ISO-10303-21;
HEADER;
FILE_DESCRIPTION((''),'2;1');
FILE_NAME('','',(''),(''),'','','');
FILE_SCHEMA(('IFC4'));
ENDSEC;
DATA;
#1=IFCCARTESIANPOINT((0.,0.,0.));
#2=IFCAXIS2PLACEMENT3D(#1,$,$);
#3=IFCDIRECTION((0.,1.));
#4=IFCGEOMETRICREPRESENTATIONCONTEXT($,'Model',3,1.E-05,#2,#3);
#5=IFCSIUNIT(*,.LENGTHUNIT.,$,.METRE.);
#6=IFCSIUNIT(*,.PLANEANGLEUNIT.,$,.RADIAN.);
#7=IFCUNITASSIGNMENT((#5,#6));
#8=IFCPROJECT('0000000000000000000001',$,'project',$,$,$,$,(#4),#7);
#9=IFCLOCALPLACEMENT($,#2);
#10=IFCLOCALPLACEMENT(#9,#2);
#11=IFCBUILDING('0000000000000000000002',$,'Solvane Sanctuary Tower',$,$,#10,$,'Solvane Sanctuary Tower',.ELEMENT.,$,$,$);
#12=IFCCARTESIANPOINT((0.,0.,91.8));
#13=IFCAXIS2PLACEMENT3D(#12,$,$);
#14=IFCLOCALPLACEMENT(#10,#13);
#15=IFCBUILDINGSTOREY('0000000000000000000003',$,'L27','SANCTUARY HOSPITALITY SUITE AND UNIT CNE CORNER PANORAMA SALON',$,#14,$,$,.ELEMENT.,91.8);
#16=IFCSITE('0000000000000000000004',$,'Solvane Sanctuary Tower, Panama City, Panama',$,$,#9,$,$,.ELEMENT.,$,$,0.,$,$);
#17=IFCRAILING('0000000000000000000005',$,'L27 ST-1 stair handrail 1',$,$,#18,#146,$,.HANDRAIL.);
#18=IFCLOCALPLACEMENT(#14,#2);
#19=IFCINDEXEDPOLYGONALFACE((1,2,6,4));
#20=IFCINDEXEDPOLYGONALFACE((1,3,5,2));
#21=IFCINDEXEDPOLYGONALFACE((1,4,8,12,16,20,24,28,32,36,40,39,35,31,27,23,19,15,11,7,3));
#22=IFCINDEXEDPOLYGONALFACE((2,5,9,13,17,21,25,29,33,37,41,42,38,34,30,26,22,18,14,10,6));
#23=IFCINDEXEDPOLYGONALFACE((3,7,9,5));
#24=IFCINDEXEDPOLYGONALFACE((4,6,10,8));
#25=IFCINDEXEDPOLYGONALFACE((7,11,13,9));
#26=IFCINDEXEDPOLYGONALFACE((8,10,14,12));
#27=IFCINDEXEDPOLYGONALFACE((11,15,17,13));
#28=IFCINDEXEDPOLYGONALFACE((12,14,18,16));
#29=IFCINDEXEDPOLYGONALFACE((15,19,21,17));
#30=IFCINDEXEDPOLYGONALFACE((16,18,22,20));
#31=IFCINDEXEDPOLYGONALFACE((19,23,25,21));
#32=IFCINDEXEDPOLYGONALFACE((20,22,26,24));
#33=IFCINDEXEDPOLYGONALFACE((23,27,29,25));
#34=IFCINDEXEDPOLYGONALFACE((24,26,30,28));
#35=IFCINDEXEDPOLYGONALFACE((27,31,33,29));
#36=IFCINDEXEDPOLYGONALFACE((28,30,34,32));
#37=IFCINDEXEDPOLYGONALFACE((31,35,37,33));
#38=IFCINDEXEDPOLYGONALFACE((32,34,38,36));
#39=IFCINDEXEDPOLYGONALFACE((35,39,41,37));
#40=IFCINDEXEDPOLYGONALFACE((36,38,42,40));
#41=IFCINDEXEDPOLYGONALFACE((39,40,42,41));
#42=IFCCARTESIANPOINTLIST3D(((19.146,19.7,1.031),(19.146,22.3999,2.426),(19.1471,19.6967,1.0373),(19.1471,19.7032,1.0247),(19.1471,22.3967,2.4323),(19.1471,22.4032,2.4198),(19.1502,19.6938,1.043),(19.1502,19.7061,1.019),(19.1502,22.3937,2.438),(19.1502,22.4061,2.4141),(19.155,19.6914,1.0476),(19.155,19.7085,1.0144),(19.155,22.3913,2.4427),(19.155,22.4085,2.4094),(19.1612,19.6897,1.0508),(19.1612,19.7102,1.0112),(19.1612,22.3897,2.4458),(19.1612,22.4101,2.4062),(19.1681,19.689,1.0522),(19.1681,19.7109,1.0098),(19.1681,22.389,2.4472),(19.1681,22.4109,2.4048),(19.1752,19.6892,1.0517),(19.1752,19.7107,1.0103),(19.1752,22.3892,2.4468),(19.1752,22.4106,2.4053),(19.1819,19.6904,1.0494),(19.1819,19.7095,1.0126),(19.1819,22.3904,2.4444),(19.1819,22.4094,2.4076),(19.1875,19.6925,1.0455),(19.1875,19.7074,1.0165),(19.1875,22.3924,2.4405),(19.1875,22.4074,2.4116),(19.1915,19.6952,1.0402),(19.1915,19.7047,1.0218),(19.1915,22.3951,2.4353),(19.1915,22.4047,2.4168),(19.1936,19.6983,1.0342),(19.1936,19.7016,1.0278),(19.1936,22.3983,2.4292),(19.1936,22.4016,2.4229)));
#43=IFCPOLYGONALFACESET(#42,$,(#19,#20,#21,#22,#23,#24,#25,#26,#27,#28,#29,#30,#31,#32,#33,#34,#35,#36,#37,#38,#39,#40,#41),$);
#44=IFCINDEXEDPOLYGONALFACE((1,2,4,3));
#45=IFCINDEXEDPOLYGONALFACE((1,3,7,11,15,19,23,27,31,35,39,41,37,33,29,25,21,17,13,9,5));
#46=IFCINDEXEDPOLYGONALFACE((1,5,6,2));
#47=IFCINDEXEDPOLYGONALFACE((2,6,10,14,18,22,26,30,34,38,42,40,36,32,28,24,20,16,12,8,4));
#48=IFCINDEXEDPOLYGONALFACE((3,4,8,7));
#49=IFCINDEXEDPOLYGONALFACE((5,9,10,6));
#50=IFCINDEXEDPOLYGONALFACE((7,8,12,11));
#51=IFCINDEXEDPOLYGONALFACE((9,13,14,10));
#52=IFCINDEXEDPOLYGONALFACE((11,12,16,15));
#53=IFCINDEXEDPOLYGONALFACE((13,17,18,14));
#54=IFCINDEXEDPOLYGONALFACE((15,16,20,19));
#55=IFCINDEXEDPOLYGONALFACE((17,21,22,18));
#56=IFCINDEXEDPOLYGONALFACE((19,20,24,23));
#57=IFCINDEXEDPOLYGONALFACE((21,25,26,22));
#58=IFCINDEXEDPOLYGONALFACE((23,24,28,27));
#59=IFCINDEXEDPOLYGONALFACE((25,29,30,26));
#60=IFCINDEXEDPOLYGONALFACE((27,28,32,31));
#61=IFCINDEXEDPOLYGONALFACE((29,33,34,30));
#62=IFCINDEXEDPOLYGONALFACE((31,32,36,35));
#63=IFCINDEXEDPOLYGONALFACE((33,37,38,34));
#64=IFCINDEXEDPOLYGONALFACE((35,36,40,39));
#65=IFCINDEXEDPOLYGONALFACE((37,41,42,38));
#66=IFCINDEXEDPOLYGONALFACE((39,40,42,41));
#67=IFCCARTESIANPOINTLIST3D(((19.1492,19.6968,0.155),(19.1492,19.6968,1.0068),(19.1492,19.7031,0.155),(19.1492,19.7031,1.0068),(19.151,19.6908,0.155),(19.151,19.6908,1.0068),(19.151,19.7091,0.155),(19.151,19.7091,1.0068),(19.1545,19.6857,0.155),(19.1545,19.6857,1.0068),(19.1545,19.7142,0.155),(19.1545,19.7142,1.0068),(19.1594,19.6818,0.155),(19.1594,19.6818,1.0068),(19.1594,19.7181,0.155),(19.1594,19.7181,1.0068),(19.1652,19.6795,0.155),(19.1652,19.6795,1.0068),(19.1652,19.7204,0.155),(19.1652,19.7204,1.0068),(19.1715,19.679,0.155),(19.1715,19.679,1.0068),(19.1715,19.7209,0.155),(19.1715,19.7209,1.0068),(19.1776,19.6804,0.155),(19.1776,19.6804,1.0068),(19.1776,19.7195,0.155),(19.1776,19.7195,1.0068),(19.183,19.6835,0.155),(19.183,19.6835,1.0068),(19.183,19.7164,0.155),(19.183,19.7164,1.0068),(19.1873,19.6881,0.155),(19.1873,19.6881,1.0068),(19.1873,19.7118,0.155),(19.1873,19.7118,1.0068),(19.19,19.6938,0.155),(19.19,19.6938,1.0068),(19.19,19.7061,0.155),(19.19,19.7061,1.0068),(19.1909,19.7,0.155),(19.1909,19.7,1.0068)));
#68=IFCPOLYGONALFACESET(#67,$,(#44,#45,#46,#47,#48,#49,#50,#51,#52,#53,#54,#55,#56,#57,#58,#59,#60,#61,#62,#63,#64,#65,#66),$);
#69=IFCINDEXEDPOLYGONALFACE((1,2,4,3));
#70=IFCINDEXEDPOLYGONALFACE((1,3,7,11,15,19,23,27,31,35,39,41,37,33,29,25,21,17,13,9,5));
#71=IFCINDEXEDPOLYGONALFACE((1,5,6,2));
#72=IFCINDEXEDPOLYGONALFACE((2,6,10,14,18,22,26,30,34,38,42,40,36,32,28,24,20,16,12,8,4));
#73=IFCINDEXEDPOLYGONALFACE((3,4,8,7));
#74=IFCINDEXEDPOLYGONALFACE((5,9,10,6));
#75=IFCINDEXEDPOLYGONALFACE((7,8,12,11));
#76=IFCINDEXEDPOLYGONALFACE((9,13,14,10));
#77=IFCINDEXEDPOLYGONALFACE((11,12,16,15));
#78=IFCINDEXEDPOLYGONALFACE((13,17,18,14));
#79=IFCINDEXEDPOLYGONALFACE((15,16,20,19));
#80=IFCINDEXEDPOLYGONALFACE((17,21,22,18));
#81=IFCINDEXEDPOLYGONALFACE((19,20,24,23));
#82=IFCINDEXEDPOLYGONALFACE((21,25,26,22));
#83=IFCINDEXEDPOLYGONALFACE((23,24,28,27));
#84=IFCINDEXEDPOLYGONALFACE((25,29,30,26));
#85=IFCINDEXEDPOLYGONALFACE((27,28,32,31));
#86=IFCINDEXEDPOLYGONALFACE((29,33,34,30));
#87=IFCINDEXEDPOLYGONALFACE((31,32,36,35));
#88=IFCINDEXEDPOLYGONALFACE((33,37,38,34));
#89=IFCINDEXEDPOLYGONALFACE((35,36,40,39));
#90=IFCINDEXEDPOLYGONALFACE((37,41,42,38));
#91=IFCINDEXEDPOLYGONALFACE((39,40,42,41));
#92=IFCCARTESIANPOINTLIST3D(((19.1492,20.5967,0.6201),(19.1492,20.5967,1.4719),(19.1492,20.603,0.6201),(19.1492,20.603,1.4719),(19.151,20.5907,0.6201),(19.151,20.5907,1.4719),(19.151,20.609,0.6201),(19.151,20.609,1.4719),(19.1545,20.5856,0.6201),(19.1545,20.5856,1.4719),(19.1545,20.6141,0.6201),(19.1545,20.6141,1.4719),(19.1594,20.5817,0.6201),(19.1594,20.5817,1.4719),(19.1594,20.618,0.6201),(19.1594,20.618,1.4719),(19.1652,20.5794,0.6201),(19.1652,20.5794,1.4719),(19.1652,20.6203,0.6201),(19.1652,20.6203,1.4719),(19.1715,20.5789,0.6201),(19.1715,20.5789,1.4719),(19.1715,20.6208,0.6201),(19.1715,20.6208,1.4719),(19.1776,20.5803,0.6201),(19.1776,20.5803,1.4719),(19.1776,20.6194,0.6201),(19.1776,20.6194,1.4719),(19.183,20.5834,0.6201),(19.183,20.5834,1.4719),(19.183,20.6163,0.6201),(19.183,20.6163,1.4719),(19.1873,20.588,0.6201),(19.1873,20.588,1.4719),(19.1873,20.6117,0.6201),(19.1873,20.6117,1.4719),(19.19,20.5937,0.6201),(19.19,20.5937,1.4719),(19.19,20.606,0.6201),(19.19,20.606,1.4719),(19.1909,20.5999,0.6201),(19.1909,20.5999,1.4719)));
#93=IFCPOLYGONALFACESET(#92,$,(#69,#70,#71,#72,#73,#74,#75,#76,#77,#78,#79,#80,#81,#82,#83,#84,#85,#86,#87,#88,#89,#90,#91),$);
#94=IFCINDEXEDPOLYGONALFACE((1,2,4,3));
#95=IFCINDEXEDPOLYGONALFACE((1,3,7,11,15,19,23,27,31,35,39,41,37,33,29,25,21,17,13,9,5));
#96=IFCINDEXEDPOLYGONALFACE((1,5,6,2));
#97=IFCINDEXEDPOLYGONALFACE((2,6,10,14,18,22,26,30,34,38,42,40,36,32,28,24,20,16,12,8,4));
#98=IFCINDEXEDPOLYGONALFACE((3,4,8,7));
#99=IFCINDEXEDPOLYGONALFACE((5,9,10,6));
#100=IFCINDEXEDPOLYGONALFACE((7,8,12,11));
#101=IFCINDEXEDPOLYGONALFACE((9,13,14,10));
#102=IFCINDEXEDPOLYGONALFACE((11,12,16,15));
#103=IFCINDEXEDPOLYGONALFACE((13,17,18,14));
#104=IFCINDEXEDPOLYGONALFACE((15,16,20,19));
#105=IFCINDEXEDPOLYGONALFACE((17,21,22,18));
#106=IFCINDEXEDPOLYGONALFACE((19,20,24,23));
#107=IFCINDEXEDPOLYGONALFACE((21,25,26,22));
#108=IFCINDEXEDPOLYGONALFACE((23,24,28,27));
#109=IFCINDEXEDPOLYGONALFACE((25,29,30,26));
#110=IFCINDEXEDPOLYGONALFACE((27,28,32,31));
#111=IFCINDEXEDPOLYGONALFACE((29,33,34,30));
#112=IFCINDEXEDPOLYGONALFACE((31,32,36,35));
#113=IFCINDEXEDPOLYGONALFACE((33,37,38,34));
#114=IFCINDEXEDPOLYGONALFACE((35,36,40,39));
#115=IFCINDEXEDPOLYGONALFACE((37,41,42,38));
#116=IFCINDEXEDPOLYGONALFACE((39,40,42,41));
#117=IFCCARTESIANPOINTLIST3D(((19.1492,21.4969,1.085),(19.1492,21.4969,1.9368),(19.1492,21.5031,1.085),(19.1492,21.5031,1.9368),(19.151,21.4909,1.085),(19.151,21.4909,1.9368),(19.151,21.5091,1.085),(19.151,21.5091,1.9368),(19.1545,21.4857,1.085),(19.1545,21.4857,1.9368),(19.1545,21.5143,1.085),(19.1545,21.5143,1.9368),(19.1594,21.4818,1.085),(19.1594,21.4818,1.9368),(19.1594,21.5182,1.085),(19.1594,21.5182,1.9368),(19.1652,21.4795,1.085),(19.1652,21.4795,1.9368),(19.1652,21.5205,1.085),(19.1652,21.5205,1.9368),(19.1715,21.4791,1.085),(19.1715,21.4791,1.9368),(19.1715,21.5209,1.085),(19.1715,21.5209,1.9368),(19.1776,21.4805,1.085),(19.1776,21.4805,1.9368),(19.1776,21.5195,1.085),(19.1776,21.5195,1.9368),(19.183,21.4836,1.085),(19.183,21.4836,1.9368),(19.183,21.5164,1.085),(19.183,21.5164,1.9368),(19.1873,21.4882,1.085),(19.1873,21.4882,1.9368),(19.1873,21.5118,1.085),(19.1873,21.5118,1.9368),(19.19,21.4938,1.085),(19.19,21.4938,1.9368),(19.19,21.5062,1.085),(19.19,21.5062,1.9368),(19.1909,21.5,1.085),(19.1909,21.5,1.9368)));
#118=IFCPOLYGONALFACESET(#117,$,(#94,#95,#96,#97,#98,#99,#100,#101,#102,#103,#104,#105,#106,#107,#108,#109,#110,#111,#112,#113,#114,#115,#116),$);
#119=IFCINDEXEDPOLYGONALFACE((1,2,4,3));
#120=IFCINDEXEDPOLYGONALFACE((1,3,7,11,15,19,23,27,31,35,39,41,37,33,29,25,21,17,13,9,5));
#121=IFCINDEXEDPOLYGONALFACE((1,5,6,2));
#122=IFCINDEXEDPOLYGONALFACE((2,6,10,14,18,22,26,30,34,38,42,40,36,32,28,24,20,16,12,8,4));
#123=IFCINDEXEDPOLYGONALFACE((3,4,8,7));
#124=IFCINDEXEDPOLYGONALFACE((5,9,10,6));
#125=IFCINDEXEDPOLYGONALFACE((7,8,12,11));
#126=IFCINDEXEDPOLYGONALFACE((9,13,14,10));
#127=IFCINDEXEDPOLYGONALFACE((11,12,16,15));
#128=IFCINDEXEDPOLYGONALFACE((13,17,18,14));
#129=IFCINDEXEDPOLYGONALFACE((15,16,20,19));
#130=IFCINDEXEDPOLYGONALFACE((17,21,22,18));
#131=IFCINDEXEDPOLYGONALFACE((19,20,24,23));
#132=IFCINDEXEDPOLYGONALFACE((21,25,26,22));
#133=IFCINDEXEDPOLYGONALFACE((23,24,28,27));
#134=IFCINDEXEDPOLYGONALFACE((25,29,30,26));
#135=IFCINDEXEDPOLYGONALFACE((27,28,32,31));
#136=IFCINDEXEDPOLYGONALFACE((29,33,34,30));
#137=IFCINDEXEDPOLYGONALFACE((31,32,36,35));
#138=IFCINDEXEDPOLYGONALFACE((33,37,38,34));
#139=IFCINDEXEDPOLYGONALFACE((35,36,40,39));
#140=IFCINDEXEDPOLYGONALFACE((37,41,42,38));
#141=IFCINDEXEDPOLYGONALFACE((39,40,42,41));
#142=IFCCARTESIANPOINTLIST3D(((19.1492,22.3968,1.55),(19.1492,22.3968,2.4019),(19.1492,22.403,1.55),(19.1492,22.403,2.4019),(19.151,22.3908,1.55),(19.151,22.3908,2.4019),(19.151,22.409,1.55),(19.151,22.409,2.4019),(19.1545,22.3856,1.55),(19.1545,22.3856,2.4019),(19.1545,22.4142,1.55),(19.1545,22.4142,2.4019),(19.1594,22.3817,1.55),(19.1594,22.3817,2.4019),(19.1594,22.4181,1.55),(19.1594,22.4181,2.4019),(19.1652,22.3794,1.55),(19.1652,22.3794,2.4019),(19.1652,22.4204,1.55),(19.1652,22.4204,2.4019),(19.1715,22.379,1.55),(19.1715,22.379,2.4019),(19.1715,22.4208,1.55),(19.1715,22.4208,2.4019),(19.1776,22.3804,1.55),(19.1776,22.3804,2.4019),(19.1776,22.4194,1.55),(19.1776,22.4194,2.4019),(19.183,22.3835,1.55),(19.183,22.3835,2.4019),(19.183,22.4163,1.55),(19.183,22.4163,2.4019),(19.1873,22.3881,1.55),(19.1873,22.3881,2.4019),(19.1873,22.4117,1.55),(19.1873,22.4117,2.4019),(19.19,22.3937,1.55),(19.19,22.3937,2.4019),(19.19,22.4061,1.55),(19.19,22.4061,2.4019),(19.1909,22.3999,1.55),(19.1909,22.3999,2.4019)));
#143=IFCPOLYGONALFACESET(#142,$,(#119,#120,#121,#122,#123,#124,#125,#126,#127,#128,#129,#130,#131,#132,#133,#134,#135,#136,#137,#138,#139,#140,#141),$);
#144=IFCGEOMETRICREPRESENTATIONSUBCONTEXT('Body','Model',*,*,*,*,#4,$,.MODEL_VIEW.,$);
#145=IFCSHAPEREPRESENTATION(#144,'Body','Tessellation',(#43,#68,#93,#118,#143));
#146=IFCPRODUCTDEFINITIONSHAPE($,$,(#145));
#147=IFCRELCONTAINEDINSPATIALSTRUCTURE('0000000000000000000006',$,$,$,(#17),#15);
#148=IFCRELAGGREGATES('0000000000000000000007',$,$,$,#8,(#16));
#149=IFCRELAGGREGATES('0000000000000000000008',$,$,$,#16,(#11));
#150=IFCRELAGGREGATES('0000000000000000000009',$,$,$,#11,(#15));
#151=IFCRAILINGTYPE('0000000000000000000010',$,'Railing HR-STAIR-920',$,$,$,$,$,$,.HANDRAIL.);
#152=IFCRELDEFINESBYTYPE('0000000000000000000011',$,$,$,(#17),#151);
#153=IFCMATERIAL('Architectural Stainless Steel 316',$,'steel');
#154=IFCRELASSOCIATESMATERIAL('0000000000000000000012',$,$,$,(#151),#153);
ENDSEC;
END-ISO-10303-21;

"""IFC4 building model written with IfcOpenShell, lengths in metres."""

from ifc_helpers import new_model, si_unit, direction, frame, origin, origin_2d, place, context, subcontext, project, spatial, circle, extrude, material, type_object, element, save


model = new_model("IFC4")

# Units and contexts
model_context = context("Model", 3, precision=1e-05, world=origin(), true_north=direction((0.0, 1.0)))
body_context = subcontext(model_context, "Body", "Model", "MODEL_VIEW")
ifc_project = project(units=[si_unit("LENGTHUNIT", "METRE"), si_unit("PLANEANGLEUNIT", "RADIAN")], contexts=[model_context])

# Site, building, storey
site_placement = place(None, origin())
site = spatial("IfcSite", under=ifc_project, at=site_placement, Name="Solvane Sanctuary Tower, Panama City, Panama", CompositionType="ELEMENT", RefElevation=0.0)
building_placement = place(site_placement, origin())
building = spatial("IfcBuilding", under=site, at=building_placement, Name="Solvane Sanctuary Tower", LongName="Solvane Sanctuary Tower", CompositionType="ELEMENT")
storey_placement = place(building_placement, frame((0.0, 0.0, 91.8)))
storey = spatial("IfcBuildingStorey", under=building, at=storey_placement, Name="L27", Description="SANCTUARY HOSPITALITY SUITE AND UNIT CNE CORNER PANORAMA SALON", CompositionType="ELEMENT", Elevation=91.8)

# Shared definitions
ifc_material_1 = material(Name="Architectural Stainless Steel 316", Category="steel")

# Railing
railing_type_1 = type_object("IfcRailingType", Name="Railing HR-STAIR-920", PredefinedType="HANDRAIL", material=ifc_material_1)
railing_1_placement = place(storey_placement, frame((19.1699, 19.7, 0.155)))
element("IfcRailing", 1, at=railing_1_placement, inside=storey, type_object=railing_type_1, Name="L27 ST-1 stair handrail 1", PredefinedType="HANDRAIL", context=body_context, shape_type="SweptSolid", body=[
    extrude(circle(Radius=0.0239, at=origin_2d()), frame((0.0, 0.0, 0.876), z_axis=(0.0, 0.88842, 0.459032), x_axis=(-1.0, 0.0, 0.0)), (0.0, 0.0, 1.0), 3.0391),
    extrude(circle(Radius=0.021, at=origin_2d()), origin(), (0.0, 0.0, 1.0), 0.8518),
    extrude(circle(Radius=0.021, at=origin_2d()), frame((0.0, 0.8999, 0.4651)), (0.0, 0.0, 1.0), 0.8518),
    extrude(circle(Radius=0.021, at=origin_2d()), frame((0.0, 1.8, 0.9299)), (0.0, 0.0, 1.0), 0.8518),
    extrude(circle(Radius=0.021, at=origin_2d()), frame((0.0, 2.7, 1.395)), (0.0, 0.0, 1.0), 0.8518),
])

save(model, "model.ifc")
